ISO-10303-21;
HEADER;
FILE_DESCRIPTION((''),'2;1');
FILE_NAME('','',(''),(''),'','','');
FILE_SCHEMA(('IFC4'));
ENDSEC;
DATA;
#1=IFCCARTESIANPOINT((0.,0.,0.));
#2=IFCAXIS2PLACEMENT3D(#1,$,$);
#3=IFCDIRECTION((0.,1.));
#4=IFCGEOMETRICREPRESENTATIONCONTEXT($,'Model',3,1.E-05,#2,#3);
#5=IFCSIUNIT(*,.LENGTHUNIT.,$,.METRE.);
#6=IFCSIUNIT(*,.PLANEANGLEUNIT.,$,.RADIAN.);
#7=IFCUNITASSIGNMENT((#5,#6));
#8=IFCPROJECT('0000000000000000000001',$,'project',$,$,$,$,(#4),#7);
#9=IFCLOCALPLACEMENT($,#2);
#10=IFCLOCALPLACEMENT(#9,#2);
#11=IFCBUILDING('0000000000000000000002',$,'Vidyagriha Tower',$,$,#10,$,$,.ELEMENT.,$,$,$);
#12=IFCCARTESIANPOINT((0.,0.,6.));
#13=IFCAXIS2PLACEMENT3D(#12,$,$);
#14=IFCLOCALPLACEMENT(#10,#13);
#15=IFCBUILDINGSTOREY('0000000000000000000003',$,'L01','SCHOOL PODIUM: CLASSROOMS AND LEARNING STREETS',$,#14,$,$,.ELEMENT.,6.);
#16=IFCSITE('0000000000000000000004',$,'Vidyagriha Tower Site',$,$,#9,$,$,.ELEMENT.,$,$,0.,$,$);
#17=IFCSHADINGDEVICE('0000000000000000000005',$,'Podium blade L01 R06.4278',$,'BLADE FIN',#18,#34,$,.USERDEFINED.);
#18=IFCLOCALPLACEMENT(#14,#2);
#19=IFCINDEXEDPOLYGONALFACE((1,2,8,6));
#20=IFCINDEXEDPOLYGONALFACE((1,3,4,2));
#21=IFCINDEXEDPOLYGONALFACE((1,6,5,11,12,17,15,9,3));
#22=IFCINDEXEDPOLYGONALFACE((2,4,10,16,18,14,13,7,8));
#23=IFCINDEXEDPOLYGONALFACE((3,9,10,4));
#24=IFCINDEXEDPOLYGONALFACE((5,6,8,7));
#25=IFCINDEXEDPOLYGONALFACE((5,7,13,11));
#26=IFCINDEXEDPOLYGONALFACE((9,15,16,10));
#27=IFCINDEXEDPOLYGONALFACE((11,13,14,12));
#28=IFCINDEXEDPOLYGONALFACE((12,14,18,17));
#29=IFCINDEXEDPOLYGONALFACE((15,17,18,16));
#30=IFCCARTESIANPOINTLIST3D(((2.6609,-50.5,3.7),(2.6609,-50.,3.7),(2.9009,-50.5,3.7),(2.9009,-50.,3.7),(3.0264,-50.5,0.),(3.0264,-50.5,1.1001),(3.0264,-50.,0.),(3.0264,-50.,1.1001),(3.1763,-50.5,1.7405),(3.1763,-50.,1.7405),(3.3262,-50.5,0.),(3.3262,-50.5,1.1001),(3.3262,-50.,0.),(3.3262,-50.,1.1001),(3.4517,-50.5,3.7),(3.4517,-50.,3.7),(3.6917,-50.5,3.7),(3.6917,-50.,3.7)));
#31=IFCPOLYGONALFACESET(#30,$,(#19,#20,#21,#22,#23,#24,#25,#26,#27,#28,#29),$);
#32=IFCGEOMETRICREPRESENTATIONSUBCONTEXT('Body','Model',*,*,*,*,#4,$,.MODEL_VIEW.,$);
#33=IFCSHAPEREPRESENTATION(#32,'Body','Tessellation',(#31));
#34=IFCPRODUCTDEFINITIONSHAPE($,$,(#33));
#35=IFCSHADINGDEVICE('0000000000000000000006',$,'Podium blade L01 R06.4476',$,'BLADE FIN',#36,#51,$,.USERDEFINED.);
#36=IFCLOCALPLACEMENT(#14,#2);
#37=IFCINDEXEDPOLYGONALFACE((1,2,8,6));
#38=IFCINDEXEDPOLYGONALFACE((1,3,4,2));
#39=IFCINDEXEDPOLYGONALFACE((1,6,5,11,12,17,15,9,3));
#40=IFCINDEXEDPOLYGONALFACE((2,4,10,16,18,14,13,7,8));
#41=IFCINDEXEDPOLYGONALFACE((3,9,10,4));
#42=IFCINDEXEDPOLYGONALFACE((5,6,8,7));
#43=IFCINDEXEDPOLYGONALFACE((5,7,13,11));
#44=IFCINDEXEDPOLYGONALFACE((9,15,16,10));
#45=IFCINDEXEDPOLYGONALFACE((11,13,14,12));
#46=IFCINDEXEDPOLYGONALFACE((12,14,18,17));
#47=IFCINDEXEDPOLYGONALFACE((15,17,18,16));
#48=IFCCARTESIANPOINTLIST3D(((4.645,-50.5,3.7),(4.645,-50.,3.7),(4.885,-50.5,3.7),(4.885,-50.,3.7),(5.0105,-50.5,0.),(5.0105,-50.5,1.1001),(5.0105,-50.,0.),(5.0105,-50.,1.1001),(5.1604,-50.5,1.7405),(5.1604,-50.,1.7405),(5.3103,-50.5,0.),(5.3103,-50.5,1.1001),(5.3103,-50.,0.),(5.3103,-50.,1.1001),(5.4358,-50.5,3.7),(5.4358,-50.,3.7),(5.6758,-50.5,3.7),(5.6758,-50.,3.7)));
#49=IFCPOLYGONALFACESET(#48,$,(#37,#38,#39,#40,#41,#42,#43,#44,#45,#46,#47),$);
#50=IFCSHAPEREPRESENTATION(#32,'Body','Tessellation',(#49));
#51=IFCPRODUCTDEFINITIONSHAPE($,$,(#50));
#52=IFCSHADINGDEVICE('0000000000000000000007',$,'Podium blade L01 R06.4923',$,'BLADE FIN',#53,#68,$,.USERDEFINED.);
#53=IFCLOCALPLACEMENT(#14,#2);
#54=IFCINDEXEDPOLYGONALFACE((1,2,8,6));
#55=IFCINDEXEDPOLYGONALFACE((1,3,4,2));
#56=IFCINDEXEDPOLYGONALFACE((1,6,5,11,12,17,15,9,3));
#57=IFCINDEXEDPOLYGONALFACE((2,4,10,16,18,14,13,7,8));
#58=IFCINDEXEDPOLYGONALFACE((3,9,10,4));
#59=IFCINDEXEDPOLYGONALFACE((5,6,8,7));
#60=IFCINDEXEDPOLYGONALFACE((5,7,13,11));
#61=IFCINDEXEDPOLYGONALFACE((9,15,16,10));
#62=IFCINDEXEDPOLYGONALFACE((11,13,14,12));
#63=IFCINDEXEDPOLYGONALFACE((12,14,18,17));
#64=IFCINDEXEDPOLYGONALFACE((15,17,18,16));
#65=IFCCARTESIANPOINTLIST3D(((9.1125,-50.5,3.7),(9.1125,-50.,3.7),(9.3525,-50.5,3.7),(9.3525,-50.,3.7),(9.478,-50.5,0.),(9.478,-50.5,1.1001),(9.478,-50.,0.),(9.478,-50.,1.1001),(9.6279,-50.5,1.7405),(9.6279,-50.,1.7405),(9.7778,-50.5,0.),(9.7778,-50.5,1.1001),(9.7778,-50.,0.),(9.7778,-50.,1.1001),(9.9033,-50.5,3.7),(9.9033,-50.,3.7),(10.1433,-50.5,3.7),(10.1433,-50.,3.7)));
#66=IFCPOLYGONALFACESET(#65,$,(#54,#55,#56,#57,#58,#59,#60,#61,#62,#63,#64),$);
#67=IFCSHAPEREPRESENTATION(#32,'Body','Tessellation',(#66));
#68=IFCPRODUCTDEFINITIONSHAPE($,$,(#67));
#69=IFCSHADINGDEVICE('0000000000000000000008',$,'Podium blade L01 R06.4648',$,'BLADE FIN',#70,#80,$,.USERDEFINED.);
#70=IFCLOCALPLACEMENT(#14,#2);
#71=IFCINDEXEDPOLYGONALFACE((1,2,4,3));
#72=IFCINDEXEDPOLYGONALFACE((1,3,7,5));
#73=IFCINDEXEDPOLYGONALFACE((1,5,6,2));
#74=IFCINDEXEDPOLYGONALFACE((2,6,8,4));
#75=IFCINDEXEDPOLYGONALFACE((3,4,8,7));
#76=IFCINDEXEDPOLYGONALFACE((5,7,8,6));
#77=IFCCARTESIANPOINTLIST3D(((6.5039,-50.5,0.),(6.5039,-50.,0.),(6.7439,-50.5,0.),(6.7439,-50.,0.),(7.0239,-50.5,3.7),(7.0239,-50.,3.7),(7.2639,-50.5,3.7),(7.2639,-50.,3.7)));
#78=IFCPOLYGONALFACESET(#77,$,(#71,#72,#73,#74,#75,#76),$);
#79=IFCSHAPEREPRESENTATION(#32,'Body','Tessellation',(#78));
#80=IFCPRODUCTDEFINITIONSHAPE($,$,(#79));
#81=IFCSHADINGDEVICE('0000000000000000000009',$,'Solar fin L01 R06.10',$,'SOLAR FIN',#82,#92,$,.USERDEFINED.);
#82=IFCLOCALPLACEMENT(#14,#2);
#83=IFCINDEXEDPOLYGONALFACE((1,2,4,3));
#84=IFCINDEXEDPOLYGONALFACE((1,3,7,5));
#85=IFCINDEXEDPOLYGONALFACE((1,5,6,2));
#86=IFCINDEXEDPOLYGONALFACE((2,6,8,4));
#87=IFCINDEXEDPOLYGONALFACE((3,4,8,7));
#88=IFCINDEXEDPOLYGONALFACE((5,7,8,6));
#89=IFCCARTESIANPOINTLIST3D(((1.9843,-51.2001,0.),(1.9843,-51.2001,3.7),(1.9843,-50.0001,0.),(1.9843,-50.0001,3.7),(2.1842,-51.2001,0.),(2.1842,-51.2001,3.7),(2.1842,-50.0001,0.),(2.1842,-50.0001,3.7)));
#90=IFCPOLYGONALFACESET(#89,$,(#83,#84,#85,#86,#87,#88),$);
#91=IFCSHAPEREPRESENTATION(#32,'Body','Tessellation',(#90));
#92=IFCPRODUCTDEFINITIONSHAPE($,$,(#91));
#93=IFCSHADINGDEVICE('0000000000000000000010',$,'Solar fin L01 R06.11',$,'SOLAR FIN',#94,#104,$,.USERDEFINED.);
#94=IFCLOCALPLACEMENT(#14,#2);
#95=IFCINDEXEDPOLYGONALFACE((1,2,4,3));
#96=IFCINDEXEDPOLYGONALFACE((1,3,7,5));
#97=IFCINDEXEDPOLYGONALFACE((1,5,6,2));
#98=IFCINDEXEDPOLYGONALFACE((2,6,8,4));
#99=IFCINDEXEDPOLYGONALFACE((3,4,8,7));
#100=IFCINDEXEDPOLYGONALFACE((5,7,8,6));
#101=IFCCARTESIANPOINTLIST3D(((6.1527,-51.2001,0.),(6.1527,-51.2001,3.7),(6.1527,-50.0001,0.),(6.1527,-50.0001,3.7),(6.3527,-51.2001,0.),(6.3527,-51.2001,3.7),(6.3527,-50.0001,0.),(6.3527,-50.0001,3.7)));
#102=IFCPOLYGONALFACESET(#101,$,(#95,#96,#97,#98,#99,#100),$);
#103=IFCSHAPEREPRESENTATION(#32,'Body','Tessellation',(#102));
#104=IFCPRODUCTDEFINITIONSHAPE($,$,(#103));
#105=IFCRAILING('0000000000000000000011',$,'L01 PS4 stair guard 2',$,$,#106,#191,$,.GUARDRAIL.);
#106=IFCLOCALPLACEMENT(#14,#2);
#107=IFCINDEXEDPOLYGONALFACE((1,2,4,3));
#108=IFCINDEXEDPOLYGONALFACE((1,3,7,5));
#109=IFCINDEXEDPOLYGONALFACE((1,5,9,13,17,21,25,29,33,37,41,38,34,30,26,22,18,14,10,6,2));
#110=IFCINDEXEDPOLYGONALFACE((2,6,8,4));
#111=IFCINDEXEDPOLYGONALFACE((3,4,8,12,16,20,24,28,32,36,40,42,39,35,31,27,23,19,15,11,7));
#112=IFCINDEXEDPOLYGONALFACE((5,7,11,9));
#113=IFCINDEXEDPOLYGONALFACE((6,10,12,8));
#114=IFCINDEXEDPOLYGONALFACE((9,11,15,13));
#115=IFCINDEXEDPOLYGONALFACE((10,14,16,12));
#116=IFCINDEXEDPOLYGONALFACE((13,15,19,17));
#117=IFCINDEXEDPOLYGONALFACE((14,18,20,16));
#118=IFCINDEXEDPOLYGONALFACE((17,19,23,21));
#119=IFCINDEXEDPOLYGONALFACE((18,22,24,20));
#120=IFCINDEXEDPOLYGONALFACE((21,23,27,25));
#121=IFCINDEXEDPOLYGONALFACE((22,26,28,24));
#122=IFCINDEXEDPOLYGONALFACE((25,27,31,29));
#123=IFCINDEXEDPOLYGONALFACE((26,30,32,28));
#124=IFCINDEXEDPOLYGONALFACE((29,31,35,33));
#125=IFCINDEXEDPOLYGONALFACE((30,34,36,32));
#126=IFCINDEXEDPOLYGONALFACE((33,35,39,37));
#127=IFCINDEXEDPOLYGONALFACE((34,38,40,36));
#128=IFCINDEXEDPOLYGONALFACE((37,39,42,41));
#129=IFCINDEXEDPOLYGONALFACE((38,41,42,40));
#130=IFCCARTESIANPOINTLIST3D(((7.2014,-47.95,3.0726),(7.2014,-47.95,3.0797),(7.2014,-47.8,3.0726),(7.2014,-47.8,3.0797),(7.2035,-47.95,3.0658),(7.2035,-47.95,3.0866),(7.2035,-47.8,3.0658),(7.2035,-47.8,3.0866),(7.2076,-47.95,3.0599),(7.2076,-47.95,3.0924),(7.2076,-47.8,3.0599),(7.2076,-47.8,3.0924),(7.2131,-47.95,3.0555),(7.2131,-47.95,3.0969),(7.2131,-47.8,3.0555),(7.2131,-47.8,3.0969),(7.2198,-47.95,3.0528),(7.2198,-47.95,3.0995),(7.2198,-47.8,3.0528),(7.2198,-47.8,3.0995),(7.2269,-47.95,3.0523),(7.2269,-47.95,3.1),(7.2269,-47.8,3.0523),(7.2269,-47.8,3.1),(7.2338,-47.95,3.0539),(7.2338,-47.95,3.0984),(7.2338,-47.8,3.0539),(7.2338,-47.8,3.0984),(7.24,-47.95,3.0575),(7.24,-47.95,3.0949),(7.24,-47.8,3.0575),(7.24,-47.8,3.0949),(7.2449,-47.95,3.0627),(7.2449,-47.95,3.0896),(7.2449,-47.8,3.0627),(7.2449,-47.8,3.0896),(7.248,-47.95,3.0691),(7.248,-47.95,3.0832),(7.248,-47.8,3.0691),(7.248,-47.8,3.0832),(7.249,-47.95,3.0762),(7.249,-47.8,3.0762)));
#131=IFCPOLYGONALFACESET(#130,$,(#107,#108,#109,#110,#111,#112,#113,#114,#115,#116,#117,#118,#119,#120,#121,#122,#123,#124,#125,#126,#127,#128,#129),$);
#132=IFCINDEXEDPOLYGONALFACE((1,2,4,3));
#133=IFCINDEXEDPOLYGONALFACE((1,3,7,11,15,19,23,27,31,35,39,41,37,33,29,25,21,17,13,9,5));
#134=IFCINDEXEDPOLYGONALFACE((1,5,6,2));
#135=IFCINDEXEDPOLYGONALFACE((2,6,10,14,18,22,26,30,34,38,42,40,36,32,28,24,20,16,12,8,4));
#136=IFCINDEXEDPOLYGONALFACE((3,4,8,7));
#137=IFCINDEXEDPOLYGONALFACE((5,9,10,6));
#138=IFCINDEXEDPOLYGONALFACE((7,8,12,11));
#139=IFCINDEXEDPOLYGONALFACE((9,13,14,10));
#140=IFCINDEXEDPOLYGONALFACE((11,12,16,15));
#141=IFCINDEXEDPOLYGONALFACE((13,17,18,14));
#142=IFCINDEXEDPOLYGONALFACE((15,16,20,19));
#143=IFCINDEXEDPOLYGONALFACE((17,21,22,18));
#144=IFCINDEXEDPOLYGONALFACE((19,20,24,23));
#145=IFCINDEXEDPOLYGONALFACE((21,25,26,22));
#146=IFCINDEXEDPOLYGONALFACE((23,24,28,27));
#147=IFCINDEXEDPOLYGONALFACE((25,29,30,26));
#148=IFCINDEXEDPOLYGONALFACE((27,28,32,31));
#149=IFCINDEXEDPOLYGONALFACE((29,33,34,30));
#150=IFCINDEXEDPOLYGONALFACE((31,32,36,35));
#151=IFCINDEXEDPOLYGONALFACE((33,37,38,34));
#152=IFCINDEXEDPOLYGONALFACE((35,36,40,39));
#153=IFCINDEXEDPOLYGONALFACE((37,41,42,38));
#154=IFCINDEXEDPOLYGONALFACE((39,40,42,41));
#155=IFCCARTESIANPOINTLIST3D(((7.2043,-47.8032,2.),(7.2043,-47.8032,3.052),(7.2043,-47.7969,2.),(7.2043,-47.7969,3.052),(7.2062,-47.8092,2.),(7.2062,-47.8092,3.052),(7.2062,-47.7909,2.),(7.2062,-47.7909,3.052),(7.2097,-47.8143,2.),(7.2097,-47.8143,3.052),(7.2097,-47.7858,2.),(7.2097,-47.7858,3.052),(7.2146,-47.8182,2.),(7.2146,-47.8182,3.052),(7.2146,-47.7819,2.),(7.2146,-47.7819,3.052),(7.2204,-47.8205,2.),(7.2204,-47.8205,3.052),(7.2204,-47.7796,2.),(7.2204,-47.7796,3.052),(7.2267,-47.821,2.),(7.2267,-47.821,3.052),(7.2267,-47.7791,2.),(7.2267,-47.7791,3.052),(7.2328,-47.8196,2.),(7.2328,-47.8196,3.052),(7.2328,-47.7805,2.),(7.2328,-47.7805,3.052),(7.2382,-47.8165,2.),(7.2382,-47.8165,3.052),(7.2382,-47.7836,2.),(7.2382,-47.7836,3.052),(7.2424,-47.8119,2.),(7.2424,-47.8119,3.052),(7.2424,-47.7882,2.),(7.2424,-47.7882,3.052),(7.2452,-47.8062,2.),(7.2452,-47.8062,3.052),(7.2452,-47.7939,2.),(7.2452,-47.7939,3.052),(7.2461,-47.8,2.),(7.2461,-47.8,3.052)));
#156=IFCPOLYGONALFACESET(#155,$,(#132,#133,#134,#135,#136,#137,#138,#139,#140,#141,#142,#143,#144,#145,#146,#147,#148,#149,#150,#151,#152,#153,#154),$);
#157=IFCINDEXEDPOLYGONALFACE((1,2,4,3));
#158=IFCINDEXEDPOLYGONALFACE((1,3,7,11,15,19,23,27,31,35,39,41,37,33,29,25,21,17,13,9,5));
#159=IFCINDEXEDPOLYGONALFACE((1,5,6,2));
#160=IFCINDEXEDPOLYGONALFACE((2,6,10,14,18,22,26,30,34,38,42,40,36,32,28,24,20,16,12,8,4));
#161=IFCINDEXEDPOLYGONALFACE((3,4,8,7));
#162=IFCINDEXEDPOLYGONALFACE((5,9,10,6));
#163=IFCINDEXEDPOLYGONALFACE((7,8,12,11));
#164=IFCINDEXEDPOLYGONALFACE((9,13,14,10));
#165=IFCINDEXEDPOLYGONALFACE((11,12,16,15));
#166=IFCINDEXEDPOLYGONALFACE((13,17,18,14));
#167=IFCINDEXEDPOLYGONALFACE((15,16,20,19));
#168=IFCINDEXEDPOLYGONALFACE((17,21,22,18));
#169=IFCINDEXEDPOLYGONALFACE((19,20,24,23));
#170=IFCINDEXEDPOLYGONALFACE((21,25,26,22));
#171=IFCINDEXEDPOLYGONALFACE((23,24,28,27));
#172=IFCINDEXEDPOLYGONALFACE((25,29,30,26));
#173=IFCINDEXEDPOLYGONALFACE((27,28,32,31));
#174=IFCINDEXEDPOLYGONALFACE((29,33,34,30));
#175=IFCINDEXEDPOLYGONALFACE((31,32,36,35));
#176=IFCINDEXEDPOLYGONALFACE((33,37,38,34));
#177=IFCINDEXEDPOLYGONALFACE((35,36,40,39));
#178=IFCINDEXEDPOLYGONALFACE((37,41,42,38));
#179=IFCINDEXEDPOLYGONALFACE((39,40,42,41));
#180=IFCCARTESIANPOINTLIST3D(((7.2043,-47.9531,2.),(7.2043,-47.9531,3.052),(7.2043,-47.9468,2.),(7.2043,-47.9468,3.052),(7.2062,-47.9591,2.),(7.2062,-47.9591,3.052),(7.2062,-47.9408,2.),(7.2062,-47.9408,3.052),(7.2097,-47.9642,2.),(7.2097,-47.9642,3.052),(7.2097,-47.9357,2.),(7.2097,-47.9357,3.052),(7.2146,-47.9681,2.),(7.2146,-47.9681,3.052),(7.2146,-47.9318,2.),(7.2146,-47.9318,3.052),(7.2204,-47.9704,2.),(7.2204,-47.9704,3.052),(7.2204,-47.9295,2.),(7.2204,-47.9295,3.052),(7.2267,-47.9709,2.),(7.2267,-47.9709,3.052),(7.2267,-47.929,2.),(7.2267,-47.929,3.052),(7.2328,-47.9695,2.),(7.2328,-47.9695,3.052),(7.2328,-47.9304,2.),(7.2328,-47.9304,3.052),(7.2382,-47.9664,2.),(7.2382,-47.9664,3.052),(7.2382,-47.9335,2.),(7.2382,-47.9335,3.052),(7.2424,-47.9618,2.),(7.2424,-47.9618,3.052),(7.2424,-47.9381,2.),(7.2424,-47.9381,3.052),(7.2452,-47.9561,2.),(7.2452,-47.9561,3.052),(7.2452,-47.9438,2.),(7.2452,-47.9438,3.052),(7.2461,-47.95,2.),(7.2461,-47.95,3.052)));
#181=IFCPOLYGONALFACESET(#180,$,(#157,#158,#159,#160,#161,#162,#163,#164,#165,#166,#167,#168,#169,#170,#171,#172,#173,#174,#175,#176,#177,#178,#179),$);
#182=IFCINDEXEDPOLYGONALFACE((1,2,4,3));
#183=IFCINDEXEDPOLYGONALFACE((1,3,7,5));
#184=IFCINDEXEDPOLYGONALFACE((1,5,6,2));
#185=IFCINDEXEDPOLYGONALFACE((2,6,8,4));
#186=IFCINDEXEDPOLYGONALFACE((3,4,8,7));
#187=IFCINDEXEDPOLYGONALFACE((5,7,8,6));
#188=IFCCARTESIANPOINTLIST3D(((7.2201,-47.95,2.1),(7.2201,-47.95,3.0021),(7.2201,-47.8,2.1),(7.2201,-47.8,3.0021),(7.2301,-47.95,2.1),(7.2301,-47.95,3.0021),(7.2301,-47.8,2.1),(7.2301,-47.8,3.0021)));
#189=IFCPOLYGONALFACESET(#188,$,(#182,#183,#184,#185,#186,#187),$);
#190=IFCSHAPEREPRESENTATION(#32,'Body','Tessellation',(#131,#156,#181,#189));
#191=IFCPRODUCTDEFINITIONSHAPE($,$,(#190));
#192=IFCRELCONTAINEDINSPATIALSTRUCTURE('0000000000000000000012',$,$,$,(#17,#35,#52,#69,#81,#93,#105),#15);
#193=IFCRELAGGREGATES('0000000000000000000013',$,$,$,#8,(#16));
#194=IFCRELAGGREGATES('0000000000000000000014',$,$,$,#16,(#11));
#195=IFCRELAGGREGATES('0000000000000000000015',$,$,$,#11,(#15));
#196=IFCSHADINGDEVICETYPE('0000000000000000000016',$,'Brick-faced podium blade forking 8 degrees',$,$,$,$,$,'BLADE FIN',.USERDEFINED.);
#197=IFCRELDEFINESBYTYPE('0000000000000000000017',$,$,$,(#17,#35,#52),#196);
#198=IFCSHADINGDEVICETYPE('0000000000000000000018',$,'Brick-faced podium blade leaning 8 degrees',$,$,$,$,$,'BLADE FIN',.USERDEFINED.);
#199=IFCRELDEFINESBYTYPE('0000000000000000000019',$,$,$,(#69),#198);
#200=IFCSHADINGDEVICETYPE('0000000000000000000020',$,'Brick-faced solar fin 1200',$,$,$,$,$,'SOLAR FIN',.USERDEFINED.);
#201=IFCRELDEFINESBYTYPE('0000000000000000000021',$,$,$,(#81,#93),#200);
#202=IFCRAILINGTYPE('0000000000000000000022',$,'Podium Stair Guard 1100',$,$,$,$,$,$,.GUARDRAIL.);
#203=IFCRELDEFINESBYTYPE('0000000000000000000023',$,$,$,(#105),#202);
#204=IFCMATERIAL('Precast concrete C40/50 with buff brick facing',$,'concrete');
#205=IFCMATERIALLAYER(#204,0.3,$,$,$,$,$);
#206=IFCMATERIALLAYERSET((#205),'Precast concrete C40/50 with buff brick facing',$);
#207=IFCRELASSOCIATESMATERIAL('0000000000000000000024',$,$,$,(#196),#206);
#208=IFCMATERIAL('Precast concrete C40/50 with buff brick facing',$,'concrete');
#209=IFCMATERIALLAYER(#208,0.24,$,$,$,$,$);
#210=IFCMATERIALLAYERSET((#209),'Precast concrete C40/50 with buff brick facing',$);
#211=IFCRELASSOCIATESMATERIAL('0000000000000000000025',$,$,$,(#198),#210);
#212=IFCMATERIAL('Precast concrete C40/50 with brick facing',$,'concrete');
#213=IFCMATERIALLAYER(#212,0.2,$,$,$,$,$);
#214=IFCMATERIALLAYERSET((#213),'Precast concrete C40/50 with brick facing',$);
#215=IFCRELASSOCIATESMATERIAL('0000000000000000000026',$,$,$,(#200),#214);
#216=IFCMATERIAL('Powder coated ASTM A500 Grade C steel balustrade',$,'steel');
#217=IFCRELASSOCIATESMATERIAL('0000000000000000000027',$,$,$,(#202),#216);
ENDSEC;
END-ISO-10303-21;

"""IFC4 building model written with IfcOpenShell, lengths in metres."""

from ifc_helpers import new_model, si_unit, direction, frame, frame_2d, origin, origin_2d, place, context, subcontext, project, spatial, polyline, rectangle, circle, outline, extrude, material, layer, layer_set, type_object, element, save


model = new_model("IFC4")

# Units and contexts
model_context = context("Model", 3, precision=1e-05, world=origin(), true_north=direction((0.0, 1.0)))
body_context = subcontext(model_context, "Body", "Model", "MODEL_VIEW")
ifc_project = project(units=[si_unit("LENGTHUNIT", "METRE"), si_unit("PLANEANGLEUNIT", "RADIAN")], contexts=[model_context])

# Site, building, storey
site_placement = place(None, origin())
site = spatial("IfcSite", under=ifc_project, at=site_placement, Name="Vidyagriha Tower Site", CompositionType="ELEMENT", RefElevation=0.0)
building_placement = place(site_placement, origin())
building = spatial("IfcBuilding", under=site, at=building_placement, Name="Vidyagriha Tower", CompositionType="ELEMENT")
storey_placement = place(building_placement, frame((0.0, 0.0, 6.0)))
storey = spatial("IfcBuildingStorey", under=building, at=storey_placement, Name="L01", Description="SCHOOL PODIUM: CLASSROOMS AND LEARNING STREETS", CompositionType="ELEMENT", Elevation=6.0)

# Shading devices
ifc_material_1 = material(Name="Precast concrete C40/50 with buff brick facing", Category="concrete")
ifc_layer_1 = layer(ifc_material_1, 0.3)
ifc_layer_set_1 = layer_set([ifc_layer_1], Name="Precast concrete C40/50 with buff brick facing")
shading_device_type_1 = type_object("IfcShadingDeviceType", Name="Brick-faced podium blade forking 8 degrees", ElementType="BLADE FIN", PredefinedType="USERDEFINED", material=ifc_layer_set_1)
for number, where, name in (
    (1, (2.6609, -50.25, 0.0), "Podium blade L01 R06.4278"),
    (2, (4.645, -50.25, 0.0), "Podium blade L01 R06.4476"),
    (3, (9.1125, -50.25, 0.0), "Podium blade L01 R06.4923"),
):
    element("IfcShadingDevice", number, at=place(storey_placement, frame(where)), inside=storey, type_object=shading_device_type_1, Name=name, ObjectType="BLADE FIN", PredefinedType="USERDEFINED", context=body_context, shape_type="SweptSolid", body=[
        extrude(outline(polyline([(0.6653, 0.0), (0.6653, 1.1001), (1.0308, 3.7), (0.7908, 3.7), (0.5154, 1.7405), (0.24, 3.7), (0.0, 3.7), (0.3655, 1.1001), (0.3655, 0.0), (0.6653, 0.0)])), frame((0.0, 0.25, 0.0), z_axis=(0.0, -1.0, 0.0), x_axis=(1.0, 0.0, 0.0)), (0.0, 0.0, 1.0), 0.5),
    ])
ifc_material_2 = material(Name="Precast concrete C40/50 with buff brick facing", Category="concrete")
ifc_layer_2 = layer(ifc_material_2, 0.24)
ifc_layer_set_2 = layer_set([ifc_layer_2], Name="Precast concrete C40/50 with buff brick facing")
shading_device_type_2 = type_object("IfcShadingDeviceType", Name="Brick-faced podium blade leaning 8 degrees", ElementType="BLADE FIN", PredefinedType="USERDEFINED", material=ifc_layer_set_2)
shading_device_1_placement = place(storey_placement, frame((6.5039, -50.25, 0.0)))
element("IfcShadingDevice", 4, at=shading_device_1_placement, inside=storey, type_object=shading_device_type_2, Name="Podium blade L01 R06.4648", ObjectType="BLADE FIN", PredefinedType="USERDEFINED", context=body_context, shape_type="SweptSolid", body=[
    extrude(outline(polyline([(0.0, 0.0), (0.24, 0.0), (0.76, 3.7), (0.52, 3.7), (0.0, 0.0)])), frame((0.0, 0.25, 0.0), z_axis=(0.0, -1.0, 0.0), x_axis=(1.0, 0.0, 0.0)), (0.0, 0.0, 1.0), 0.5),
])
ifc_material_3 = material(Name="Precast concrete C40/50 with brick facing", Category="concrete")
ifc_layer_3 = layer(ifc_material_3, 0.2)
ifc_layer_set_3 = layer_set([ifc_layer_3], Name="Precast concrete C40/50 with brick facing")
shading_device_type_3 = type_object("IfcShadingDeviceType", Name="Brick-faced solar fin 1200", ElementType="SOLAR FIN", PredefinedType="USERDEFINED", material=ifc_layer_set_3)
for number, where, z_axis, x_axis, name in (
    (5, (2.0842, -50.0, 0.0), (0.0, 0.0, 1.0), (0.0, -1.0, 0.0), "Solar fin L01 R06.10"),
    (6, (6.2527, -50.0, 0.0), (0.0, 0.0, 1.0), (0.0, -1.0, 0.0), "Solar fin L01 R06.11"),
):
    element("IfcShadingDevice", number, at=place(storey_placement, frame(where, z_axis=z_axis, x_axis=x_axis)), inside=storey, type_object=shading_device_type_3, Name=name, ObjectType="SOLAR FIN", PredefinedType="USERDEFINED", context=body_context, shape_type="SweptSolid", body=[
        extrude(rectangle(XDim=1.2, YDim=0.2, at=frame_2d((0.6001, 0.0))), origin(), (0.0, 0.0, 1.0), 3.7),
    ])

# Railing
ifc_material_4 = material(Name="Powder coated ASTM A500 Grade C steel balustrade", Category="steel")
railing_type_1 = type_object("IfcRailingType", Name="Podium Stair Guard 1100", PredefinedType="GUARDRAIL", material=ifc_material_4)
railing_1_placement = place(storey_placement, frame((7.2251, -47.8, 2.0)))
element("IfcRailing", 7, at=railing_1_placement, inside=storey, type_object=railing_type_1, Name="L01 PS4 stair guard 2", PredefinedType="GUARDRAIL", context=body_context, shape_type="SweptSolid", body=[
    extrude(circle(Radius=0.0239, at=origin_2d()), frame((0.0, 0.0, 1.0762), z_axis=(0.0, -1.0, 0.0), x_axis=(1.0, 0.0, 0.0)), (0.0, 0.0, 1.0), 0.1499),
    extrude(circle(Radius=0.021, at=origin_2d()), origin(), (0.0, 0.0, 1.0), 1.052),
    extrude(circle(Radius=0.021, at=origin_2d()), frame((0.0, -0.1499, 0.0)), (0.0, 0.0, 1.0), 1.052),
    extrude(rectangle(XDim=0.01, YDim=0.9021, at=origin_2d()), frame((0.0, 0.0, 0.551), z_axis=(0.0, -1.0, 0.0), x_axis=(1.0, 0.0, 0.0)), (0.0, 0.0, 1.0), 0.1499),
])

save(model, "model.ifc")
